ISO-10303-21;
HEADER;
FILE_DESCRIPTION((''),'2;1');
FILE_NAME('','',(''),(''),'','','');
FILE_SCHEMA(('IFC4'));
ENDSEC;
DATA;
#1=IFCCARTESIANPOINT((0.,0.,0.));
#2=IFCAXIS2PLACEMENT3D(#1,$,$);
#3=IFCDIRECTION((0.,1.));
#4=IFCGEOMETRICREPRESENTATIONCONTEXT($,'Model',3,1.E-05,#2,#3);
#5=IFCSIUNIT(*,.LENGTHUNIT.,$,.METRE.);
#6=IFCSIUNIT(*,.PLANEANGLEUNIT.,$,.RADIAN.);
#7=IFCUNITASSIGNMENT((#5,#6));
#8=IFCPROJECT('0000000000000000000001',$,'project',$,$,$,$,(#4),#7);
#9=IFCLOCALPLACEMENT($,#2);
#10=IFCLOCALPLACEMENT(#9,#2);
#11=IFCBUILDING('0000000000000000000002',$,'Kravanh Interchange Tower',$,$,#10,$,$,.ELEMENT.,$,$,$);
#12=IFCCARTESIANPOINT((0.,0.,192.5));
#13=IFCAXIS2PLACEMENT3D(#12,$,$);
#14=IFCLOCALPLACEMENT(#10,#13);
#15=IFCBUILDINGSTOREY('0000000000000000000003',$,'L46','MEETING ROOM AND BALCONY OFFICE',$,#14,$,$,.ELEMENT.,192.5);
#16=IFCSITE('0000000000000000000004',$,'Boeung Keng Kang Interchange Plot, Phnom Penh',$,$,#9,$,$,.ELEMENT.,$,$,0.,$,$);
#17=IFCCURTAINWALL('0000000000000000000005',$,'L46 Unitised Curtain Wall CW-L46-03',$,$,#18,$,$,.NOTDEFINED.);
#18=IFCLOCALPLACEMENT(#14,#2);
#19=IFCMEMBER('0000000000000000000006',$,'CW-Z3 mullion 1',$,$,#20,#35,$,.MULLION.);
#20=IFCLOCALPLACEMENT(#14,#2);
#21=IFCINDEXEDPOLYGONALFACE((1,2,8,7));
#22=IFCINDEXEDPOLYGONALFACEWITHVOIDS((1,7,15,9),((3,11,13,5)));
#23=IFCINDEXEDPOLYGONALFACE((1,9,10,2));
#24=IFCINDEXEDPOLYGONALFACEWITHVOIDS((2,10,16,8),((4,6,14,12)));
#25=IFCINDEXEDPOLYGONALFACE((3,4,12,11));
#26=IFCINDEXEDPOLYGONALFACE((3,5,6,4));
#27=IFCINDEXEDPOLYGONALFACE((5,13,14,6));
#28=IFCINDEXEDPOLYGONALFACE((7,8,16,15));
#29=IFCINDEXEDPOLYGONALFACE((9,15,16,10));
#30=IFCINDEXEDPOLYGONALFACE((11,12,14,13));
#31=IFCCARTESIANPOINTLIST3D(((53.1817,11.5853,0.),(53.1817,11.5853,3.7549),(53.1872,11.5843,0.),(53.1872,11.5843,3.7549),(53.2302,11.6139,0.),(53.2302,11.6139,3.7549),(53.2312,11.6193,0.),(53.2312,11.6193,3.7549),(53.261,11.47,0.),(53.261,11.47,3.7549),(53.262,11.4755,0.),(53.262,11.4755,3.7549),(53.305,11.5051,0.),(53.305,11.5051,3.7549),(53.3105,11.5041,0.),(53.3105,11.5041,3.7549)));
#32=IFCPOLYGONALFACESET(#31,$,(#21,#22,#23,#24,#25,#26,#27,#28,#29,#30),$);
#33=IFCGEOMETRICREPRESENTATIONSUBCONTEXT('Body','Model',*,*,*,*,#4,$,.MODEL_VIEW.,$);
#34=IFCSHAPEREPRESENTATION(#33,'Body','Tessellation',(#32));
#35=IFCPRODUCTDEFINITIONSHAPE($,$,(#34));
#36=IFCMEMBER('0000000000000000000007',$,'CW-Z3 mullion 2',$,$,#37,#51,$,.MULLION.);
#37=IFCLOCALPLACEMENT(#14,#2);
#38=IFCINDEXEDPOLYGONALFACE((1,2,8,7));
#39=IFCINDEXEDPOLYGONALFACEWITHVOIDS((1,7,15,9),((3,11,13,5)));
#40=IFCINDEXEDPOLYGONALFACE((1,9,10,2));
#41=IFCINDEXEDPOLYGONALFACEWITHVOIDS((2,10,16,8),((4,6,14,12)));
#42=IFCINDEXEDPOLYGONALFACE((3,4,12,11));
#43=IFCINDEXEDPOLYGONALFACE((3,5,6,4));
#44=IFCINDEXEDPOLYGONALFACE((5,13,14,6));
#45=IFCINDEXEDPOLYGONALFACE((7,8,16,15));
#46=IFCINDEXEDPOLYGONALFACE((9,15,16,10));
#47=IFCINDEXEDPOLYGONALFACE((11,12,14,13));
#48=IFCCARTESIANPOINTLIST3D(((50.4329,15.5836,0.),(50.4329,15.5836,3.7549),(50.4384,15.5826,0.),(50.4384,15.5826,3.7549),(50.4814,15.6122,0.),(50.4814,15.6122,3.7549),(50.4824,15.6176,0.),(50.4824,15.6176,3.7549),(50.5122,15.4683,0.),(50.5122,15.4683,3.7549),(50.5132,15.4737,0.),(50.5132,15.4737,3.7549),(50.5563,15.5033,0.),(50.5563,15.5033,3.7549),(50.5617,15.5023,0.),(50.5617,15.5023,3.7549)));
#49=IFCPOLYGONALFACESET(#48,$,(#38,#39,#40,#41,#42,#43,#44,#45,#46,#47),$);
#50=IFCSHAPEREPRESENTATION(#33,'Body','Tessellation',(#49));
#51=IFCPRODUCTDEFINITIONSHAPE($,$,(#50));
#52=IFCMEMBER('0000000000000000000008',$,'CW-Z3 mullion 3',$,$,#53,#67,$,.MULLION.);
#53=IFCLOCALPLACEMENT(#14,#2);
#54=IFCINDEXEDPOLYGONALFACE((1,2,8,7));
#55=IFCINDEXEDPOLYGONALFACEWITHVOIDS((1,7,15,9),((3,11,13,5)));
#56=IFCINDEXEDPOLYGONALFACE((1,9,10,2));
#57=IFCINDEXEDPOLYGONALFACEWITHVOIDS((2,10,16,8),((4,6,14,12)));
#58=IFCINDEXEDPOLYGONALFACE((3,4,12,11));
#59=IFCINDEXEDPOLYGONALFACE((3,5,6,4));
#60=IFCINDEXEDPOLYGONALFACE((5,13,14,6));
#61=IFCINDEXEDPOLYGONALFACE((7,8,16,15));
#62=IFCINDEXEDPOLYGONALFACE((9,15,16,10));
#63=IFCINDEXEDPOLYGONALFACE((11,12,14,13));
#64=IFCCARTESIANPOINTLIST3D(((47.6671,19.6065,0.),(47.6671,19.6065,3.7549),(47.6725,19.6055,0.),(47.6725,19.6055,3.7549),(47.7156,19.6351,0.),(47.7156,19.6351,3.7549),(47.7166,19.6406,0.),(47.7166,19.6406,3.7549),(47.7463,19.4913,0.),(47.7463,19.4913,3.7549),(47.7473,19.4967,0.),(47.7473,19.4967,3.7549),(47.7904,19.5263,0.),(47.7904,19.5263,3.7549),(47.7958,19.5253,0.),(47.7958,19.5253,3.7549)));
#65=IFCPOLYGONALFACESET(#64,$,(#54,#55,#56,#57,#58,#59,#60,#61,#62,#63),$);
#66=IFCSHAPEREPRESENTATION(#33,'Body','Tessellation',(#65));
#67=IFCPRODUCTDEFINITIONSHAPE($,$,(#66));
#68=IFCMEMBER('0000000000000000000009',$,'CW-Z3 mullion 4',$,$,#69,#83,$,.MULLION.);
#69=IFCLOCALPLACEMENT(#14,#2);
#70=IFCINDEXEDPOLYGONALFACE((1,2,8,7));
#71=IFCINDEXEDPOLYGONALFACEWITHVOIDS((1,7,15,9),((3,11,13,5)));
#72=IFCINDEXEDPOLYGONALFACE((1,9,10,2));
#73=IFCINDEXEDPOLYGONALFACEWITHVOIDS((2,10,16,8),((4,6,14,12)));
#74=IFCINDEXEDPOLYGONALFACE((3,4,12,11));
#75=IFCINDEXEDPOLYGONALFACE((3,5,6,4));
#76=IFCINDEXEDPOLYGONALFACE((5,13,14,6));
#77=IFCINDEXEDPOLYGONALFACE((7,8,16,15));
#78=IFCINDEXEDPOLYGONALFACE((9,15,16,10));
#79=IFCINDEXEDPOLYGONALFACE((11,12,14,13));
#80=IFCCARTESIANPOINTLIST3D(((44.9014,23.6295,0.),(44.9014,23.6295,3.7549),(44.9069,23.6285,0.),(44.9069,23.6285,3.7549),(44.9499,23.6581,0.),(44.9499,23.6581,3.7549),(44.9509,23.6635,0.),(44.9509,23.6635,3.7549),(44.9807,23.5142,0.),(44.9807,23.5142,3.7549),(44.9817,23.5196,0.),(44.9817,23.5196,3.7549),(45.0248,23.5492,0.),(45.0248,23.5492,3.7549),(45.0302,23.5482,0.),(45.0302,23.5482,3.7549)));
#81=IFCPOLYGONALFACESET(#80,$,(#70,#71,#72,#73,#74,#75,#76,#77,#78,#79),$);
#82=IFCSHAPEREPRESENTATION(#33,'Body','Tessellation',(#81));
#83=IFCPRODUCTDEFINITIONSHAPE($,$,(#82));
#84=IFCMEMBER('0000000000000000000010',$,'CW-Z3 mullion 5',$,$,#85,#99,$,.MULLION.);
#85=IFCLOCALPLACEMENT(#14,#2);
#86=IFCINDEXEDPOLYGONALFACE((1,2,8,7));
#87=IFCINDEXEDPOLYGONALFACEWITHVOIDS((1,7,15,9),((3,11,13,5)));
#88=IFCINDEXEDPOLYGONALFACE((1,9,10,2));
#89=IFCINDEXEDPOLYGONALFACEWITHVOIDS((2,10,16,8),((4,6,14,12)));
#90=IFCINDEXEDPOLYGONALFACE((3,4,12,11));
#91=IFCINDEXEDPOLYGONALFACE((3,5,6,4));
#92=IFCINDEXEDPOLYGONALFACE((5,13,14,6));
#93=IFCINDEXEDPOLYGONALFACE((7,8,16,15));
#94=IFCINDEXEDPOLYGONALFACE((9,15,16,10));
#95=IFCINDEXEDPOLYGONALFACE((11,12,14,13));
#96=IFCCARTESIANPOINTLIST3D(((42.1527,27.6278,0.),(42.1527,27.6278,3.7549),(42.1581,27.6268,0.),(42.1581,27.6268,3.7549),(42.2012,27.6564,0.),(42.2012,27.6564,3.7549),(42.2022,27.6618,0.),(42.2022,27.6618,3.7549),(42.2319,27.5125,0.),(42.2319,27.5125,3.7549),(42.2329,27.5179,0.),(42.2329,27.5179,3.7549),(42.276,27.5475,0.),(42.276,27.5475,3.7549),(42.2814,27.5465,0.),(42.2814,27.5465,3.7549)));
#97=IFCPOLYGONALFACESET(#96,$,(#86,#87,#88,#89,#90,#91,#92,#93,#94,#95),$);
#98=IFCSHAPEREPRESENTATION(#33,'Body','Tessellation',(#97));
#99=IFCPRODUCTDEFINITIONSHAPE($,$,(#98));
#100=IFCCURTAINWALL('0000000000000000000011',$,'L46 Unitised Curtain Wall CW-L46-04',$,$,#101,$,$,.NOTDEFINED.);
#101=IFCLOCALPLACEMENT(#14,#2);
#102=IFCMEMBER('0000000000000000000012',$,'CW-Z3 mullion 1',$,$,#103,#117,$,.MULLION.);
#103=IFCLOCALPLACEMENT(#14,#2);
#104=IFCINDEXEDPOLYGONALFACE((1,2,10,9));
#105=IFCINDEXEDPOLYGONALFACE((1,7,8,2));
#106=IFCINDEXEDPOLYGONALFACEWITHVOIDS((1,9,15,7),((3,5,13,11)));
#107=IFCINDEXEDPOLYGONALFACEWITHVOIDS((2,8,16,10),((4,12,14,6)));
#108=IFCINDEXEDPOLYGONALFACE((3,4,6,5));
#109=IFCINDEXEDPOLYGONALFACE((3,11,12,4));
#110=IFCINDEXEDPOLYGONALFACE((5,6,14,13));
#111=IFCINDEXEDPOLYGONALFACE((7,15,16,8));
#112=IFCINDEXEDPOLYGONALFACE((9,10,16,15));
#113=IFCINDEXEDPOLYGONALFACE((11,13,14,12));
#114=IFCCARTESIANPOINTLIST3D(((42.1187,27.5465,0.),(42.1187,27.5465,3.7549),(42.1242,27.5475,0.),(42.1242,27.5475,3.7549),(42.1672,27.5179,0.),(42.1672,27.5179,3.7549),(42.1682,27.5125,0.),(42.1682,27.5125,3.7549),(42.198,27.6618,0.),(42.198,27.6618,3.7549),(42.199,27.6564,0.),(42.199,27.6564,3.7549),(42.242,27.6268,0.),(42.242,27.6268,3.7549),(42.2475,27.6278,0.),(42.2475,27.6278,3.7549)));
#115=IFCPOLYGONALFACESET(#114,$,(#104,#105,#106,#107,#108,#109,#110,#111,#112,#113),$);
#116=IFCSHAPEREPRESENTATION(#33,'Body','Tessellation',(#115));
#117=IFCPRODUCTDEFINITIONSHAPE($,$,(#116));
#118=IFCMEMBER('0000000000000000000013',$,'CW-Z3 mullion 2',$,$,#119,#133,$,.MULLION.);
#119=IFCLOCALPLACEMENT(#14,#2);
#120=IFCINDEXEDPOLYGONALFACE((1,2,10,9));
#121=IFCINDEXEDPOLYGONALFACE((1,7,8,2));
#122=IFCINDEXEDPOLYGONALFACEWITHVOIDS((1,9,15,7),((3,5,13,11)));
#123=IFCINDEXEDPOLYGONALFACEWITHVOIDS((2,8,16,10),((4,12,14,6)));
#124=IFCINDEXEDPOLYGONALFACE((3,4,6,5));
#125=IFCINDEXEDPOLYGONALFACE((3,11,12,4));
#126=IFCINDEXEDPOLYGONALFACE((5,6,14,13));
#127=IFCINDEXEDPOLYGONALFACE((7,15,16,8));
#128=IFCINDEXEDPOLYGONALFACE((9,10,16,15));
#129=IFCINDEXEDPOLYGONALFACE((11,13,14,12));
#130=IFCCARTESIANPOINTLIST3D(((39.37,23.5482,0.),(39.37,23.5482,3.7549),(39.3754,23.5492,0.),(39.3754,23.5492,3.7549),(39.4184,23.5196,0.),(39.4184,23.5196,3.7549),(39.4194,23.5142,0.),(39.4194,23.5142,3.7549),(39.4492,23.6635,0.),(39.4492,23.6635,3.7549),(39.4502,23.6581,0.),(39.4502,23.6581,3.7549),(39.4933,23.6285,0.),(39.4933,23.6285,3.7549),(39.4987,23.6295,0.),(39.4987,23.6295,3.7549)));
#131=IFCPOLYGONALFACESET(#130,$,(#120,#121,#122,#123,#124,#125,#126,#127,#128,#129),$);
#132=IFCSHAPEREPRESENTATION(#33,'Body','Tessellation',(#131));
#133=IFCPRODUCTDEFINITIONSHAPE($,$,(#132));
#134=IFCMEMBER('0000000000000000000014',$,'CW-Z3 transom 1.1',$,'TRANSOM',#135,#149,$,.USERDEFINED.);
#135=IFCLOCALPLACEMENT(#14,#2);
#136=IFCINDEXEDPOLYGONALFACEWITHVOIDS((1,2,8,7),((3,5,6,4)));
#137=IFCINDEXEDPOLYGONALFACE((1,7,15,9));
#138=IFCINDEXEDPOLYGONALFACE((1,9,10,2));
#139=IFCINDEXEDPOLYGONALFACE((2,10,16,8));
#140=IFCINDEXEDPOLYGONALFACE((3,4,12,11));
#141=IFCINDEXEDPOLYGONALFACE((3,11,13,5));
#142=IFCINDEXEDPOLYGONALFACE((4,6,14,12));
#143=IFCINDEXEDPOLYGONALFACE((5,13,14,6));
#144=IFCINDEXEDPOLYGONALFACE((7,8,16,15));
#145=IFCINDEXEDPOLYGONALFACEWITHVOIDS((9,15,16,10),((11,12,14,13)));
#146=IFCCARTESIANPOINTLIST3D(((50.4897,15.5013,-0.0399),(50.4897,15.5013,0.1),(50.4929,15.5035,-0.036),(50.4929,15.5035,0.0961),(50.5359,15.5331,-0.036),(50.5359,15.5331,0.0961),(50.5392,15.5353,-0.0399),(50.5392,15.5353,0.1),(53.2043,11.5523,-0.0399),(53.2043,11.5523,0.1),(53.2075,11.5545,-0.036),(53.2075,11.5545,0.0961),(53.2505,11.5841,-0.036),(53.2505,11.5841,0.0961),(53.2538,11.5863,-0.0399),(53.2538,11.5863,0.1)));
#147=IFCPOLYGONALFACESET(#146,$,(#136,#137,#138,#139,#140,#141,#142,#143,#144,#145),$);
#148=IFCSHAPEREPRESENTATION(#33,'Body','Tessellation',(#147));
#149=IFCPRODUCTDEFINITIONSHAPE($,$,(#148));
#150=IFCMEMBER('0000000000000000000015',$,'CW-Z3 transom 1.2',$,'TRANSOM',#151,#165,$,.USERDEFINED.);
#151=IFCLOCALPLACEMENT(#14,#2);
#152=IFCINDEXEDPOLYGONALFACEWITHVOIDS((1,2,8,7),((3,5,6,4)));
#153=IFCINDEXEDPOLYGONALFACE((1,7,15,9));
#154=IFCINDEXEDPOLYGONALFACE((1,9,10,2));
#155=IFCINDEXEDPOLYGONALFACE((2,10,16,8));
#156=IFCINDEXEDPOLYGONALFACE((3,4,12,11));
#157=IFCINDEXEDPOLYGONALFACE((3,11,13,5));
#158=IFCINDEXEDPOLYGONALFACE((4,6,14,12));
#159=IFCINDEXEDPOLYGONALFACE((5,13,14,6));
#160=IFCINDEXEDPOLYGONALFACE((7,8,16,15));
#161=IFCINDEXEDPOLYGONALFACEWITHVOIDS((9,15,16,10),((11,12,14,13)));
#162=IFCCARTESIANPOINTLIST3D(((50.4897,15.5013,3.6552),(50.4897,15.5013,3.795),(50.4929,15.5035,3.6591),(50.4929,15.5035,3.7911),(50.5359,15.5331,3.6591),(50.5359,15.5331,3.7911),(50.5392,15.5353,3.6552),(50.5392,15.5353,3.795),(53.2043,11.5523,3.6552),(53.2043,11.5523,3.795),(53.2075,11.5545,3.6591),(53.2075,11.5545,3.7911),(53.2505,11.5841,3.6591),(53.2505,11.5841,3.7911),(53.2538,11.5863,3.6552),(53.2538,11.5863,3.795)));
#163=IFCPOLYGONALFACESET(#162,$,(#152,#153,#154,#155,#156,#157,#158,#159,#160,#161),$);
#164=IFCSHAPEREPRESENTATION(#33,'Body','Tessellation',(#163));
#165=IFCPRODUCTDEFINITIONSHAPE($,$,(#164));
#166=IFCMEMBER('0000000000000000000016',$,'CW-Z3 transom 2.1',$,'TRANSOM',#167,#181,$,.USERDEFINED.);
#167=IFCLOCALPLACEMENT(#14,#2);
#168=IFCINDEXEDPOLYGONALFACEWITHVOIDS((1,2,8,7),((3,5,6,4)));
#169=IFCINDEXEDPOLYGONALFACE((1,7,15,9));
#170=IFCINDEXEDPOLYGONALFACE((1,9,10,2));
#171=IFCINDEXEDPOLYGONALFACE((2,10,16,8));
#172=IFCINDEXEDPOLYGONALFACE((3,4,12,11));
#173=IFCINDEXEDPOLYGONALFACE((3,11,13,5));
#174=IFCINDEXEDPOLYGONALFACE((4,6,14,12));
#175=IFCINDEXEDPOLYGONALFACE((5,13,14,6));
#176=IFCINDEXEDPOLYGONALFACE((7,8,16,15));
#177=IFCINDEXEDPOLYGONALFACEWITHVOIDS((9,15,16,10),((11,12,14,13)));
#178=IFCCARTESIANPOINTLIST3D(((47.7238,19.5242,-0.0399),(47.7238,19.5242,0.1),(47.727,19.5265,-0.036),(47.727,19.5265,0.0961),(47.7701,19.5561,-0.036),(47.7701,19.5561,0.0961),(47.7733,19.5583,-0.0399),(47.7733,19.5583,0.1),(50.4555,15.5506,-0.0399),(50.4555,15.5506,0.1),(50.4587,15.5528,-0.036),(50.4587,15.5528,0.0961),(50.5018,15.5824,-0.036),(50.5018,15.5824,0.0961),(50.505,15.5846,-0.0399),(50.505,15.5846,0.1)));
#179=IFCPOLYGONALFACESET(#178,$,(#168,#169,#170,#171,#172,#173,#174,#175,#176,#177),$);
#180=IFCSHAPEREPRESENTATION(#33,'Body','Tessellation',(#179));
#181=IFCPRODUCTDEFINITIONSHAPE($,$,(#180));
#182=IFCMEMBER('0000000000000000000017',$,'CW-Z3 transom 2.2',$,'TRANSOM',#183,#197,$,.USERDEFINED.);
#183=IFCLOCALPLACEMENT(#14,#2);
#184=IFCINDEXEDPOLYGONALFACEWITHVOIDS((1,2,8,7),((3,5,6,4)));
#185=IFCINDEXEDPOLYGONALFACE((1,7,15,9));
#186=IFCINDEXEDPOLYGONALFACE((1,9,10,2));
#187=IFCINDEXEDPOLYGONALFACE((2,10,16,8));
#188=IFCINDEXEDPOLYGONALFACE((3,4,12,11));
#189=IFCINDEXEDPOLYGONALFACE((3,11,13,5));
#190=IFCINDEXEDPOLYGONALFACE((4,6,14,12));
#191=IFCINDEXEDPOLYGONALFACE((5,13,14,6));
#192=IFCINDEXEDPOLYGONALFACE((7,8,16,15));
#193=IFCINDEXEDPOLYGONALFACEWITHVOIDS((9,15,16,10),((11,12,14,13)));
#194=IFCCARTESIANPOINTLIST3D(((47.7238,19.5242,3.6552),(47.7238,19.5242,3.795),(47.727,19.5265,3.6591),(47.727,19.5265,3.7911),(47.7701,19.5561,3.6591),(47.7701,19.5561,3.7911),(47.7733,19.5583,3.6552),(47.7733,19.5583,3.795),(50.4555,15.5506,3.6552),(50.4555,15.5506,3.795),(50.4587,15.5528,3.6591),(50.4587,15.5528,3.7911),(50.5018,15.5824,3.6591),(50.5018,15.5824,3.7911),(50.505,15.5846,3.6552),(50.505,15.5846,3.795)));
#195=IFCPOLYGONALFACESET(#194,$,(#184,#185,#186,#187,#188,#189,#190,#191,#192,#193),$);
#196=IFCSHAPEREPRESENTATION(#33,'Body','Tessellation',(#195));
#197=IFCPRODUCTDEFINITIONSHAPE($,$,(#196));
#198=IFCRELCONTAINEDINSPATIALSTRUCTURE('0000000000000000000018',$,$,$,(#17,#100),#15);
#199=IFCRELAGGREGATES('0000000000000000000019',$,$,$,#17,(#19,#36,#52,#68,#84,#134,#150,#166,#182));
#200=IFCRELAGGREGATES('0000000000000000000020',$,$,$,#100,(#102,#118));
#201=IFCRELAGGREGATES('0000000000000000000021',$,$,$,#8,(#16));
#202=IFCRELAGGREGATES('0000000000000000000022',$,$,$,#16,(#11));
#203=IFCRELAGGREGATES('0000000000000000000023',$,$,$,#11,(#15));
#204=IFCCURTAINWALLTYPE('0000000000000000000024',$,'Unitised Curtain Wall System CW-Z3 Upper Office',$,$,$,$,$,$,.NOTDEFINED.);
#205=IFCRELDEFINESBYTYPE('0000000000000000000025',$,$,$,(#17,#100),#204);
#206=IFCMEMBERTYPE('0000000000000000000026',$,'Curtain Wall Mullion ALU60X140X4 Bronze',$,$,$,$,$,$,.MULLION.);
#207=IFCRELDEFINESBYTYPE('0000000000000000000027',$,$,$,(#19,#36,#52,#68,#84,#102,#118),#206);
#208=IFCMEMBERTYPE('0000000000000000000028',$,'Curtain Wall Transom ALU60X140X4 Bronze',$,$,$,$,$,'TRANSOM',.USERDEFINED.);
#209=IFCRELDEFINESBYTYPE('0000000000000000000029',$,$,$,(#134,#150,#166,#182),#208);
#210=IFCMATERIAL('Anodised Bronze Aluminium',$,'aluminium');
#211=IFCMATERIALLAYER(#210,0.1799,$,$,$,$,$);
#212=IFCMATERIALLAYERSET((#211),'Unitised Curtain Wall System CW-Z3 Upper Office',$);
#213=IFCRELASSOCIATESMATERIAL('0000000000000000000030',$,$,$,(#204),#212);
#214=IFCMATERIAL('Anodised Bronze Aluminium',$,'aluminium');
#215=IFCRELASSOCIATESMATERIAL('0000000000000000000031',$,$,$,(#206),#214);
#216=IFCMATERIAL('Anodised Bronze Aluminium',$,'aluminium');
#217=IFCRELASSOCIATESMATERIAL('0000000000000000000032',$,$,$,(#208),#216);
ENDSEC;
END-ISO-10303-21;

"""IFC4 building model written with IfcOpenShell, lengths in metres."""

from ifc_helpers import new_model, si_unit, direction, frame, origin, origin_2d, place, context, subcontext, project, spatial, hollow_rectangle, extrude, material, layer, layer_set, material_profile, profile_set, type_object, element, aggregate, save


model = new_model("IFC4")

# Units and contexts
model_context = context("Model", 3, precision=1e-05, world=origin(), true_north=direction((0.0, 1.0)))
body_context = subcontext(model_context, "Body", "Model", "MODEL_VIEW")
ifc_project = project(units=[si_unit("LENGTHUNIT", "METRE"), si_unit("PLANEANGLEUNIT", "RADIAN")], contexts=[model_context])

# Site, building, storey
site_placement = place(None, origin())
site = spatial("IfcSite", under=ifc_project, at=site_placement, Name="Boeung Keng Kang Interchange Plot, Phnom Penh", CompositionType="ELEMENT", RefElevation=0.0)
building_placement = place(site_placement, origin())
building = spatial("IfcBuilding", under=site, at=building_placement, Name="Kravanh Interchange Tower", CompositionType="ELEMENT")
storey_placement = place(building_placement, frame((0.0, 0.0, 192.5)))
storey = spatial("IfcBuildingStorey", under=building, at=storey_placement, Name="L46", Description="MEETING ROOM AND BALCONY OFFICE", CompositionType="ELEMENT", Elevation=192.5)

# Shared definitions
ifc_material_1 = material(Name="Anodised Bronze Aluminium", Category="aluminium")
ifc_layer_1 = layer(ifc_material_1, 0.1799)
ifc_layer_set_1 = layer_set([ifc_layer_1], Name="Unitised Curtain Wall System CW-Z3 Upper Office")
curtain_wall_type = type_object("IfcCurtainWallType", Name="Unitised Curtain Wall System CW-Z3 Upper Office", PredefinedType="NOTDEFINED", material=ifc_layer_set_1)
ifc_material_2 = material(Name="Anodised Bronze Aluminium", Category="aluminium")
ifc_material_profile_1 = material_profile(ifc_material_2, hollow_rectangle(XDim=0.0601, YDim=0.1399, WallThickness=0.0039, at=origin_2d()), Name="ALU60X140X4")
ifc_profile_set_1 = profile_set([ifc_material_profile_1], Name="Anodised Bronze Aluminium")
member_type_1 = type_object("IfcMemberType", Name="Curtain Wall Mullion ALU60X140X4 Bronze", PredefinedType="MULLION", material=ifc_profile_set_1)

# Curtain walls, members
curtain_wall_1_placement = place(storey_placement, origin())
curtain_wall_1 = element("IfcCurtainWall", 1, at=curtain_wall_1_placement, inside=storey, type_object=curtain_wall_type, Name="L46 Unitised Curtain Wall CW-L46-03", PredefinedType="NOTDEFINED")
member_1_placement = place(storey_placement, frame((53.2461, 11.5447, 0.0), z_axis=(0.0, 0.0, 1.0), x_axis=(-0.824042, -0.566528, 0.0)))
member_1 = element("IfcMember", 2, at=member_1_placement, type_object=member_type_1, Name="CW-Z3 mullion 1", PredefinedType="MULLION", context=body_context, shape_type="SweptSolid", body=[
    extrude(hollow_rectangle(XDim=0.0601, YDim=0.1399, WallThickness=0.0039, at=origin_2d()), origin(), (0.0, 0.0, 1.0), 3.7549),
])
member_2_placement = place(storey_placement, frame((50.4973, 15.543, 0.0), z_axis=(0.0, 0.0, 1.0), x_axis=(-0.824042, -0.566528, 0.0)))
member_2 = element("IfcMember", 3, at=member_2_placement, type_object=member_type_1, Name="CW-Z3 mullion 2", PredefinedType="MULLION", context=body_context, shape_type="SweptSolid", body=[
    extrude(hollow_rectangle(XDim=0.0601, YDim=0.1399, WallThickness=0.0039, at=origin_2d()), origin(), (0.0, 0.0, 1.0), 3.7549),
])
member_3_placement = place(storey_placement, frame((47.7314, 19.5659, 0.0), z_axis=(0.0, 0.0, 1.0), x_axis=(-0.824042, -0.566528, 0.0)))
member_3 = element("IfcMember", 4, at=member_3_placement, type_object=member_type_1, Name="CW-Z3 mullion 3", PredefinedType="MULLION", context=body_context, shape_type="SweptSolid", body=[
    extrude(hollow_rectangle(XDim=0.0601, YDim=0.1399, WallThickness=0.0039, at=origin_2d()), origin(), (0.0, 0.0, 1.0), 3.7549),
])
member_4_placement = place(storey_placement, frame((44.9658, 23.5889, 0.0), z_axis=(0.0, 0.0, 1.0), x_axis=(-0.824042, -0.566528, 0.0)))
member_4 = element("IfcMember", 5, at=member_4_placement, type_object=member_type_1, Name="CW-Z3 mullion 4", PredefinedType="MULLION", context=body_context, shape_type="SweptSolid", body=[
    extrude(hollow_rectangle(XDim=0.0601, YDim=0.1399, WallThickness=0.0039, at=origin_2d()), origin(), (0.0, 0.0, 1.0), 3.7549),
])
member_5_placement = place(storey_placement, frame((42.217, 27.5872, 0.0), z_axis=(0.0, 0.0, 1.0), x_axis=(-0.824042, -0.566528, 0.0)))
member_5 = element("IfcMember", 6, at=member_5_placement, type_object=member_type_1, Name="CW-Z3 mullion 5", PredefinedType="MULLION", context=body_context, shape_type="SweptSolid", body=[
    extrude(hollow_rectangle(XDim=0.0601, YDim=0.1399, WallThickness=0.0039, at=origin_2d()), origin(), (0.0, 0.0, 1.0), 3.7549),
])
curtain_wall_2_placement = place(storey_placement, origin())
curtain_wall_2 = element("IfcCurtainWall", 7, at=curtain_wall_2_placement, inside=storey, type_object=curtain_wall_type, Name="L46 Unitised Curtain Wall CW-L46-04", PredefinedType="NOTDEFINED")
member_6_placement = place(storey_placement, frame((42.1831, 27.5872, 0.0), z_axis=(0.0, 0.0, 1.0), x_axis=(0.824042, -0.566528, 0.0)))
member_6 = element("IfcMember", 8, at=member_6_placement, type_object=member_type_1, Name="CW-Z3 mullion 1", PredefinedType="MULLION", context=body_context, shape_type="SweptSolid", body=[
    extrude(hollow_rectangle(XDim=0.0601, YDim=0.1399, WallThickness=0.0039, at=origin_2d()), origin(), (0.0, 0.0, 1.0), 3.7549),
])
member_7_placement = place(storey_placement, frame((39.4343, 23.5889, 0.0), z_axis=(0.0, 0.0, 1.0), x_axis=(0.824042, -0.566528, 0.0)))
member_7 = element("IfcMember", 9, at=member_7_placement, type_object=member_type_1, Name="CW-Z3 mullion 2", PredefinedType="MULLION", context=body_context, shape_type="SweptSolid", body=[
    extrude(hollow_rectangle(XDim=0.0601, YDim=0.1399, WallThickness=0.0039, at=origin_2d()), origin(), (0.0, 0.0, 1.0), 3.7549),
])

# Members
ifc_material_3 = material(Name="Anodised Bronze Aluminium", Category="aluminium")
ifc_material_profile_2 = material_profile(ifc_material_3, hollow_rectangle(XDim=0.0601, YDim=0.1399, WallThickness=0.0039, at=origin_2d()), Name="ALU60X140X4")
ifc_profile_set_2 = profile_set([ifc_material_profile_2], Name="Anodised Bronze Aluminium")
member_type_2 = type_object("IfcMemberType", Name="Curtain Wall Transom ALU60X140X4 Bronze", ElementType="TRANSOM", PredefinedType="USERDEFINED", material=ifc_profile_set_2)
member_8_placement = place(storey_placement, frame((53.229, 11.5693, 0.03), z_axis=(-0.566483, 0.824073, 0.0), x_axis=(-0.824073, -0.566483, 0.0)))
member_8 = element("IfcMember", 10, at=member_8_placement, type_object=member_type_2, Name="CW-Z3 transom 1.1", ObjectType="TRANSOM", PredefinedType="USERDEFINED", context=body_context, shape_type="SweptSolid", body=[
    extrude(hollow_rectangle(XDim=0.0601, YDim=0.1399, WallThickness=0.0039, at=origin_2d()), origin(), (0.0, 0.0, 1.0), 4.792),
])
member_9_placement = place(storey_placement, frame((53.229, 11.5693, 3.7251), z_axis=(-0.566483, 0.824073, 0.0), x_axis=(-0.824073, -0.566483, 0.0)))
member_9 = element("IfcMember", 11, at=member_9_placement, type_object=member_type_2, Name="CW-Z3 transom 1.2", ObjectType="TRANSOM", PredefinedType="USERDEFINED", context=body_context, shape_type="SweptSolid", body=[
    extrude(hollow_rectangle(XDim=0.0601, YDim=0.1399, WallThickness=0.0039, at=origin_2d()), origin(), (0.0, 0.0, 1.0), 4.792),
])
member_10_placement = place(storey_placement, frame((50.4802, 15.5676, 0.03), z_axis=(-0.566503, 0.82406, 0.0), x_axis=(-0.82406, -0.566503, 0.0)))
member_10 = element("IfcMember", 12, at=member_10_placement, type_object=member_type_2, Name="CW-Z3 transom 2.1", ObjectType="TRANSOM", PredefinedType="USERDEFINED", context=body_context, shape_type="SweptSolid", body=[
    extrude(hollow_rectangle(XDim=0.0601, YDim=0.1399, WallThickness=0.0039, at=origin_2d()), origin(), (0.0, 0.0, 1.0), 4.822),
])
member_11_placement = place(storey_placement, frame((50.4802, 15.5676, 3.7251), z_axis=(-0.566503, 0.82406, 0.0), x_axis=(-0.82406, -0.566503, 0.0)))
member_11 = element("IfcMember", 13, at=member_11_placement, type_object=member_type_2, Name="CW-Z3 transom 2.2", ObjectType="TRANSOM", PredefinedType="USERDEFINED", context=body_context, shape_type="SweptSolid", body=[
    extrude(hollow_rectangle(XDim=0.0601, YDim=0.1399, WallThickness=0.0039, at=origin_2d()), origin(), (0.0, 0.0, 1.0), 4.822),
])

aggregate(curtain_wall_1, [member_1, member_2, member_3, member_4, member_5, member_8, member_9, member_10, member_11])
aggregate(curtain_wall_2, [member_6, member_7])

save(model, "model.ifc")
